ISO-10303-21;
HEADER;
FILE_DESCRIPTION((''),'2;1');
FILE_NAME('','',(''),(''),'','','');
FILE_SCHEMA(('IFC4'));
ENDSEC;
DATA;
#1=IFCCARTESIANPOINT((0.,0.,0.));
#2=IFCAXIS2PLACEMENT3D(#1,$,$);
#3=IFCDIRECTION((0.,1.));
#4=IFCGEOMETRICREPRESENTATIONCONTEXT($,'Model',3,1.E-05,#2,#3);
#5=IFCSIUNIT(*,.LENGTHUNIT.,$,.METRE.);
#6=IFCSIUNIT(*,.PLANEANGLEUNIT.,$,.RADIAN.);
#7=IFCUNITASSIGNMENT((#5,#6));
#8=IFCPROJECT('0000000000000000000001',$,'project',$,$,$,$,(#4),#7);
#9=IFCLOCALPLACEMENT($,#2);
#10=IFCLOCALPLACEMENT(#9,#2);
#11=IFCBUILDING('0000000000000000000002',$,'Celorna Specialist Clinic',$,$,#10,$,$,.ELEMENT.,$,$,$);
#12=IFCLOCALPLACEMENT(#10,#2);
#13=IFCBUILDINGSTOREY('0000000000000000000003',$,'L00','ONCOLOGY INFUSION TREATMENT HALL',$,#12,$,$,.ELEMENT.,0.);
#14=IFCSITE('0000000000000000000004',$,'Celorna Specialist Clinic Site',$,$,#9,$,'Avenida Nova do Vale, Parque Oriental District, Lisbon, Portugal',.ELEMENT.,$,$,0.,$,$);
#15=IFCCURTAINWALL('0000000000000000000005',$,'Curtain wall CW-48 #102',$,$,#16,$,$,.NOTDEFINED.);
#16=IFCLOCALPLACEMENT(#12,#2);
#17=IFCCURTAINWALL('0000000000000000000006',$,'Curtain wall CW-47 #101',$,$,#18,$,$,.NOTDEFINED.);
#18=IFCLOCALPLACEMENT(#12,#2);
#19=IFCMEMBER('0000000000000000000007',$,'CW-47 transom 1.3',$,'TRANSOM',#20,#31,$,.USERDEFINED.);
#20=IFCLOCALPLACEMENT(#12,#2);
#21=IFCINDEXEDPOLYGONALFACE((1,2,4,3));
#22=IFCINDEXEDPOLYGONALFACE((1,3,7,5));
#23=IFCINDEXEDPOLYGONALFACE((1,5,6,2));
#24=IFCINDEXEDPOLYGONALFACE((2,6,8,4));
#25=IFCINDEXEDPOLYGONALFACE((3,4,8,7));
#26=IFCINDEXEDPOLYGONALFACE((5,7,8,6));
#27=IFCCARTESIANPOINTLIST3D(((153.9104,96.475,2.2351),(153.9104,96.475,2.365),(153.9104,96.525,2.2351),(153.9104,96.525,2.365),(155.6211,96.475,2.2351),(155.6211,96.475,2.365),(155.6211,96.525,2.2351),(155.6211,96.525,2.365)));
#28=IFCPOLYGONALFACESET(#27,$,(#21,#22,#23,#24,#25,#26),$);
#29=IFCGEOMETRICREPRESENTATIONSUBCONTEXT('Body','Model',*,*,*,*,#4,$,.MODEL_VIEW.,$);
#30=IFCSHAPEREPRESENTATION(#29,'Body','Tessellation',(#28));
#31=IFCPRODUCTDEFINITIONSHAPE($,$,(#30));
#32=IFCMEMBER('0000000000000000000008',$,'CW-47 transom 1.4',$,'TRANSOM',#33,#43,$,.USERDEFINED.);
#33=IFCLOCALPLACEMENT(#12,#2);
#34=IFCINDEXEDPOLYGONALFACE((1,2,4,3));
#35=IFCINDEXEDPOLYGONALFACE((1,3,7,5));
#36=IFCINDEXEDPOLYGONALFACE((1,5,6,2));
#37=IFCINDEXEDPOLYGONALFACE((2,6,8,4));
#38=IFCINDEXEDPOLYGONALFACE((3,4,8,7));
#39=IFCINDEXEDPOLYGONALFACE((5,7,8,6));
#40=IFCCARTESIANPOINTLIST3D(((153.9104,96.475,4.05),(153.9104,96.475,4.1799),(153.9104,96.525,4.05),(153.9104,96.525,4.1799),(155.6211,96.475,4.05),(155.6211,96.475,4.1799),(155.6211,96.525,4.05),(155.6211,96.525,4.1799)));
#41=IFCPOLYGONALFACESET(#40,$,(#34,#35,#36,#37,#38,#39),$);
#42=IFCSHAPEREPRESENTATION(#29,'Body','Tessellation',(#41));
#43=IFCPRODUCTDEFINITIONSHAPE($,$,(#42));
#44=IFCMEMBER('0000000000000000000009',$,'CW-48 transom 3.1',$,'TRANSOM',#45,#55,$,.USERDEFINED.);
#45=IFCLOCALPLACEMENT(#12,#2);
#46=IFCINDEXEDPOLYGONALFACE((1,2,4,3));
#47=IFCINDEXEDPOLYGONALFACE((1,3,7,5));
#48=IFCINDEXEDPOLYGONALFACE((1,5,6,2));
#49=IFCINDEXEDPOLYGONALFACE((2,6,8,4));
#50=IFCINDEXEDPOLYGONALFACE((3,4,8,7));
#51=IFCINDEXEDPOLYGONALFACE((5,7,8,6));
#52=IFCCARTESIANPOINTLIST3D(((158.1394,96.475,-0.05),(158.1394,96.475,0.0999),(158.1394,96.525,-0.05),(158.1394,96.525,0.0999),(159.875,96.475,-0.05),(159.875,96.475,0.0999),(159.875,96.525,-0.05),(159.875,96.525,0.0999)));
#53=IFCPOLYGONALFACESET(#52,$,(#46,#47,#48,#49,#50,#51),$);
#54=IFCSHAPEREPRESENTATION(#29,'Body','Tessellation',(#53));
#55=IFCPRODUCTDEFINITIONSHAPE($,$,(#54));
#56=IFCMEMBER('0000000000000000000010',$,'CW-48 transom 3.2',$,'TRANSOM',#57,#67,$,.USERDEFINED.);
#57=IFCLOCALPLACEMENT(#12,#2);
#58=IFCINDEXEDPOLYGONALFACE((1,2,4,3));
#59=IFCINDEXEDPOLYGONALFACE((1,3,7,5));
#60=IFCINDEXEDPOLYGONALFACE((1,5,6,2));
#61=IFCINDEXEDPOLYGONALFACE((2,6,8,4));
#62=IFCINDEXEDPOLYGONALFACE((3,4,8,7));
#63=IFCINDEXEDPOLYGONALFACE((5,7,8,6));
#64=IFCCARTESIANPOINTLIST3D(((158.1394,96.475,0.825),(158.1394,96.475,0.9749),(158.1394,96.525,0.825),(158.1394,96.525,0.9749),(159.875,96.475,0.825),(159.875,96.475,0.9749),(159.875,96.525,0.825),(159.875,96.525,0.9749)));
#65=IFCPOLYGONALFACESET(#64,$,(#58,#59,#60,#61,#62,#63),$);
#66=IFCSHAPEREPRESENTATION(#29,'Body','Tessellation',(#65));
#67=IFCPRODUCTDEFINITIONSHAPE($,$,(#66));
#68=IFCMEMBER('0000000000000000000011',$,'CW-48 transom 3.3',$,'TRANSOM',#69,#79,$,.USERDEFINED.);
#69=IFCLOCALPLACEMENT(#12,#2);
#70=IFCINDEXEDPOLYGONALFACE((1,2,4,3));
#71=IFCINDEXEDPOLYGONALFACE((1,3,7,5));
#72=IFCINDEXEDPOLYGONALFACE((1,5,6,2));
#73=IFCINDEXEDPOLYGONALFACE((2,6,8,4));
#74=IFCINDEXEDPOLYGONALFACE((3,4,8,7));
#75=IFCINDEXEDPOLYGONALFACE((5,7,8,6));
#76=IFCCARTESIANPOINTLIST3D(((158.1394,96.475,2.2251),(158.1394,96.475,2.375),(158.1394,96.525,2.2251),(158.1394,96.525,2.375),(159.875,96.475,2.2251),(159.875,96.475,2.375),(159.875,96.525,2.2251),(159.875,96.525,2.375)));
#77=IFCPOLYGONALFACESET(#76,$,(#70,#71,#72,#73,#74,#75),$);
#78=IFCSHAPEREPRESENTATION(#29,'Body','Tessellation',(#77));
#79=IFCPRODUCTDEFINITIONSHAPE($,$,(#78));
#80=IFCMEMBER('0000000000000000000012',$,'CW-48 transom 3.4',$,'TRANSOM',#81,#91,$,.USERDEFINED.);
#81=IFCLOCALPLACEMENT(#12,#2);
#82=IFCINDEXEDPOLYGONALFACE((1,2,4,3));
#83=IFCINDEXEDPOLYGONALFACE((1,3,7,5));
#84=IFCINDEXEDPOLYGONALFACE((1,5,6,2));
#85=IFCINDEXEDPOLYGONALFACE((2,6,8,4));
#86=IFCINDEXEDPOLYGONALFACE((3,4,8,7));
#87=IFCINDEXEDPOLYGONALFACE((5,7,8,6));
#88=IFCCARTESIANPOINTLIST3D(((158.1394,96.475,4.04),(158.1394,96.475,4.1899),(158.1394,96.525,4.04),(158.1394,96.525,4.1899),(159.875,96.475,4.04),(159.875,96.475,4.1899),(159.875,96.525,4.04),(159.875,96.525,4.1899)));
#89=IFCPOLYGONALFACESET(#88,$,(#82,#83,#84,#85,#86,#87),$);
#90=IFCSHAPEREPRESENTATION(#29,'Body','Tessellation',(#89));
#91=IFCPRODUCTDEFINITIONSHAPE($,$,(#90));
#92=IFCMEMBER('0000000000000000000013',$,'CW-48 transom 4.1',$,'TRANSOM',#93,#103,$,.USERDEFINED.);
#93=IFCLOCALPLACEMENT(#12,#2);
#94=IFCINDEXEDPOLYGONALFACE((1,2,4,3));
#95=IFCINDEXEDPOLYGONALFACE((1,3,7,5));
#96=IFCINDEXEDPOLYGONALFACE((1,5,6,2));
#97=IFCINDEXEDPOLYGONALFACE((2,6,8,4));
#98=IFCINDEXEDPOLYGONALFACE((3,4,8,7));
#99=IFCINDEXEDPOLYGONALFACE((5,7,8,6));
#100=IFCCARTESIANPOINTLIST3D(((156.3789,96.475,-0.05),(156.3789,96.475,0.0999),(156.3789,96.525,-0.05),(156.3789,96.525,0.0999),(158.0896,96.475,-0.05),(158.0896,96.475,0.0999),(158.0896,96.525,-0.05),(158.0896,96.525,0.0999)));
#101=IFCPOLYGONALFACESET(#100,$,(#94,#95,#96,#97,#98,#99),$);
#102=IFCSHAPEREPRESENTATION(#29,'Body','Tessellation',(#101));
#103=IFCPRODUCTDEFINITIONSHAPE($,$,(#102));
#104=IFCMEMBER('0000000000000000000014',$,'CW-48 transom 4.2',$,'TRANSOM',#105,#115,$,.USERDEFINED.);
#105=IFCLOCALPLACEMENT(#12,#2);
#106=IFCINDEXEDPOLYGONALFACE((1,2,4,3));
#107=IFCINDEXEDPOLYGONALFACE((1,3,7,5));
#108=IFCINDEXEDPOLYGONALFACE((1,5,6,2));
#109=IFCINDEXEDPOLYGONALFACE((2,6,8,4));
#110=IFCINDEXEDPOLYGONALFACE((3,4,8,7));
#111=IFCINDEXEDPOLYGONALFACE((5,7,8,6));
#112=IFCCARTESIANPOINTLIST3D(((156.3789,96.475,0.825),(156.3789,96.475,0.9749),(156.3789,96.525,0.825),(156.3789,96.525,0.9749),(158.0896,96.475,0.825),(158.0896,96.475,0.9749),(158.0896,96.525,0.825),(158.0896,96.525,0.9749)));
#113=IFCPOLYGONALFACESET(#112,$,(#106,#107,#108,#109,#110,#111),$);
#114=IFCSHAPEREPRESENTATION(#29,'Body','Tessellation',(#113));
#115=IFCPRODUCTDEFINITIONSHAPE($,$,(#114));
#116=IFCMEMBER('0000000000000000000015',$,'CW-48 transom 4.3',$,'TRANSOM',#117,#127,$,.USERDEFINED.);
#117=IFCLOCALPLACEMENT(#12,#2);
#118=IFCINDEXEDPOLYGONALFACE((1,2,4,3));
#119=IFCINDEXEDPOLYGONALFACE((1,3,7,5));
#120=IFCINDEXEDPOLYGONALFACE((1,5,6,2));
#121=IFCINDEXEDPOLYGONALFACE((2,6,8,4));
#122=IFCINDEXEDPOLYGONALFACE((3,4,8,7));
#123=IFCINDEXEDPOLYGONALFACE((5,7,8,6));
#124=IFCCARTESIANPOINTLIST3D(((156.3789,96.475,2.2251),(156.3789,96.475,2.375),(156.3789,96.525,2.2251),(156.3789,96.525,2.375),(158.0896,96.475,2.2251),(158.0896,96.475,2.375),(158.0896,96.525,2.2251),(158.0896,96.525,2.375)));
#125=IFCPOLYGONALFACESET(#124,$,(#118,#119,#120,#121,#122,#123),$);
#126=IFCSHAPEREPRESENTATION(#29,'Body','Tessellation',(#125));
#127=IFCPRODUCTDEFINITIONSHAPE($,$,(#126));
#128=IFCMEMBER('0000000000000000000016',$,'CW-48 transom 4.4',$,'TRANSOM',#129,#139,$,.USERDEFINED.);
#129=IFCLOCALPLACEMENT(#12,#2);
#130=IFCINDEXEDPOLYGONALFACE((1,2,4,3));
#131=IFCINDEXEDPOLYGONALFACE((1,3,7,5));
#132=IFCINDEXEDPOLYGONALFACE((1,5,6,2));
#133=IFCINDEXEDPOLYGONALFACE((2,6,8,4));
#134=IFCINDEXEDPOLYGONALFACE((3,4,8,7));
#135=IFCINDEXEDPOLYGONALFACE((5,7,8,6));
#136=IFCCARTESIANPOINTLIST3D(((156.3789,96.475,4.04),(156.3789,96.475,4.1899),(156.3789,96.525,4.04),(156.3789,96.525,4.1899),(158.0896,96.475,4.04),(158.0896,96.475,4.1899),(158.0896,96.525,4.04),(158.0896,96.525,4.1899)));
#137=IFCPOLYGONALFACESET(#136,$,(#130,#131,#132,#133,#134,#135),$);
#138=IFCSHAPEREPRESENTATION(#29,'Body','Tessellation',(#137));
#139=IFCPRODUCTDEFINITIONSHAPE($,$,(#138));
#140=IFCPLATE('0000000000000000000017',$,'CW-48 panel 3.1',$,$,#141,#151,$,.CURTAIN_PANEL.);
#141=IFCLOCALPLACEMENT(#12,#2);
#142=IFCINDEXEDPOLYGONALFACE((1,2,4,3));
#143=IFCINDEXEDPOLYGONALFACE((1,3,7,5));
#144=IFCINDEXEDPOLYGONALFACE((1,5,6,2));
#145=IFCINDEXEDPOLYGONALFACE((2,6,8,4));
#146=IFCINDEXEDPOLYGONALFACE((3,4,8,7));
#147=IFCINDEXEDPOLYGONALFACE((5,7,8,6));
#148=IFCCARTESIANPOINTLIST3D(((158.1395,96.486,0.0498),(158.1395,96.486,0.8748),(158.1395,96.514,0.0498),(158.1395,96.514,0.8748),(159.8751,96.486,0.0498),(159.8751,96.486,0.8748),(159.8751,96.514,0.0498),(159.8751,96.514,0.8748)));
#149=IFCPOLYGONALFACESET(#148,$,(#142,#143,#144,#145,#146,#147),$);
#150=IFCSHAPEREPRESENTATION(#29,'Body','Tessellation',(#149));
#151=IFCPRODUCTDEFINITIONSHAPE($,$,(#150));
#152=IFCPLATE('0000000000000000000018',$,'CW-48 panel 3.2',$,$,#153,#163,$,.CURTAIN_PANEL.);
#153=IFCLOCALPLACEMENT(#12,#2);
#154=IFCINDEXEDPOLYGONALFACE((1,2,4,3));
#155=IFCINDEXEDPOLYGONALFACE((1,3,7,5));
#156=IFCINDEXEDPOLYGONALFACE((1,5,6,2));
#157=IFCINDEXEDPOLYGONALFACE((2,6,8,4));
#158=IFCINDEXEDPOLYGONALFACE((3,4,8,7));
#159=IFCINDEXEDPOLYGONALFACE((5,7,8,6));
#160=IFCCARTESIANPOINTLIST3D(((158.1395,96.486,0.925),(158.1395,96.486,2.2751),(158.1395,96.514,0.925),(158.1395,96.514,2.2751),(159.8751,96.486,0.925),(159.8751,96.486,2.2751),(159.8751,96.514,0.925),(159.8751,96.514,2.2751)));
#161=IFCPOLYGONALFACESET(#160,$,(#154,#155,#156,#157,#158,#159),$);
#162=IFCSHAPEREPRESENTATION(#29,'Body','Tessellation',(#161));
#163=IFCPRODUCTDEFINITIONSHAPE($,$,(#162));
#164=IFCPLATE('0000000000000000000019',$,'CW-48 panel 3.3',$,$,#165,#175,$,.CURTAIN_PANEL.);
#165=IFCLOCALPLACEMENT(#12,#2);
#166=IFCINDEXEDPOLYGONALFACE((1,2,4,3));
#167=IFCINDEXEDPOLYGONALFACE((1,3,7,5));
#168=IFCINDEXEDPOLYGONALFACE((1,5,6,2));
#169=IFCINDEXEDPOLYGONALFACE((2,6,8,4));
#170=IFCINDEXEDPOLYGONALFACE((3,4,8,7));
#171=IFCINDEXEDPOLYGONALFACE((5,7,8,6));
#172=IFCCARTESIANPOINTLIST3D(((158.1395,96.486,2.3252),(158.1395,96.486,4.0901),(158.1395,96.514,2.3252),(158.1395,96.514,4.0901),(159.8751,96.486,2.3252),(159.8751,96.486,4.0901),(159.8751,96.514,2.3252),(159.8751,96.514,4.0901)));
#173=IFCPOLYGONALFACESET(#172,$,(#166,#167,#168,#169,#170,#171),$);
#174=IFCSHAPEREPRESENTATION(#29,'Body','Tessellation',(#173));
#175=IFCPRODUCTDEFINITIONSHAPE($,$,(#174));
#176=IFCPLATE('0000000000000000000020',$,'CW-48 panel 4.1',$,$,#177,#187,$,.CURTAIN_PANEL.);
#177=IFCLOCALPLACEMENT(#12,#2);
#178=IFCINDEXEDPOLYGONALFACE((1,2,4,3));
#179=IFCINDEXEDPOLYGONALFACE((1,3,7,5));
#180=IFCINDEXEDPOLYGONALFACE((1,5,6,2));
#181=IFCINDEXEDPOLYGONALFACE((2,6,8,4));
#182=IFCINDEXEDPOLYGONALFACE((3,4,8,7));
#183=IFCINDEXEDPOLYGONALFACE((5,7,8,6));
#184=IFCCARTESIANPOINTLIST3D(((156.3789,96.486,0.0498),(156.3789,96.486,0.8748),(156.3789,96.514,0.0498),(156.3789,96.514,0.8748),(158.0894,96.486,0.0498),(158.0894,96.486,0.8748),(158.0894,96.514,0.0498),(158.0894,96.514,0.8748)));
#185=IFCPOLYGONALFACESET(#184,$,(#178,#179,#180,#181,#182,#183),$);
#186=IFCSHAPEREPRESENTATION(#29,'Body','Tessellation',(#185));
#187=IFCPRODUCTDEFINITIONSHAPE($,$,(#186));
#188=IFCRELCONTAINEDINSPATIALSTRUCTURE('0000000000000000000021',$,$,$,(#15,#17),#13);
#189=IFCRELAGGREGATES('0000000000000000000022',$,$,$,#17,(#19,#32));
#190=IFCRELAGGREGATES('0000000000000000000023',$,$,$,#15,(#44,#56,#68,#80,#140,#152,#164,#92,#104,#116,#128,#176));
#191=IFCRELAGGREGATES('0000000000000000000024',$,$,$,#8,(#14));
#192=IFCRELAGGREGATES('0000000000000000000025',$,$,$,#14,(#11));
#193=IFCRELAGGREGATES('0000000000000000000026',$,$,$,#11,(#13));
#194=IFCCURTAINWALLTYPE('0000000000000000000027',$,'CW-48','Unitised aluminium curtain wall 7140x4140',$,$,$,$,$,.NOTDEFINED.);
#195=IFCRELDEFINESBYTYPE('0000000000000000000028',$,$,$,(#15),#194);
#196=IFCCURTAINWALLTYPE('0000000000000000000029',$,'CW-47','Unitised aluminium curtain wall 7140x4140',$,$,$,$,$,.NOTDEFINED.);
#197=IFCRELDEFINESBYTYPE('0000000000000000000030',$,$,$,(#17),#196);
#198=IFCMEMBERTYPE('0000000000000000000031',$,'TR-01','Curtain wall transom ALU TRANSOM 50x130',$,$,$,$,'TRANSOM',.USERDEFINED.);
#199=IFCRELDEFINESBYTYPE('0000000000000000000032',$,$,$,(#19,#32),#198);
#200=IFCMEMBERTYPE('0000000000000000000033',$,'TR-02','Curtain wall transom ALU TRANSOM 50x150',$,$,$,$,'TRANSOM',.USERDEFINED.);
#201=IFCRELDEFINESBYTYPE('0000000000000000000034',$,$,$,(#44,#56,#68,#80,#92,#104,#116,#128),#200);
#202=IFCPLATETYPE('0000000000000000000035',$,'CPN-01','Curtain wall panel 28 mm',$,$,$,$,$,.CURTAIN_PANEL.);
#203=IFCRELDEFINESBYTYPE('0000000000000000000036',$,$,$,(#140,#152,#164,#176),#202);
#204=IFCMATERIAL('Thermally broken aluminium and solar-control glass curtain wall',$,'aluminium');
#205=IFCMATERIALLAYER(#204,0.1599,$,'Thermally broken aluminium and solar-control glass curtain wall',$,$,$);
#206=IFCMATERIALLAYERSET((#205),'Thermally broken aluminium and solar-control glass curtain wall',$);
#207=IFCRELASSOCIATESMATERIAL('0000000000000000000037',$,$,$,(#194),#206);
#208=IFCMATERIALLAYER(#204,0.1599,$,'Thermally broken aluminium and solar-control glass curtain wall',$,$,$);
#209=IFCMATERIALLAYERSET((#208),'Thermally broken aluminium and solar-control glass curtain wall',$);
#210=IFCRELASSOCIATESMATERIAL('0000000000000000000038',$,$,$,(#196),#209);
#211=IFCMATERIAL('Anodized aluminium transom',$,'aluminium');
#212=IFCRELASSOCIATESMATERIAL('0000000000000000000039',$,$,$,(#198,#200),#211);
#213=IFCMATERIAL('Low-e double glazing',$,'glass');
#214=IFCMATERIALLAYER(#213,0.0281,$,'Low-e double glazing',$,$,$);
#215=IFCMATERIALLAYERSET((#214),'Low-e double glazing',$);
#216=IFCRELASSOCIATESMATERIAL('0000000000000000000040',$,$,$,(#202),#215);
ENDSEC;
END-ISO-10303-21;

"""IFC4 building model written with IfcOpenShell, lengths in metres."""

from ifc_helpers import new_model, si_unit, direction, frame, origin, origin_2d, place, context, subcontext, project, spatial, rectangle, extrude, material, layer, layer_set, material_profile, profile_set, type_object, element, aggregate, save


model = new_model("IFC4")

# Units and contexts
model_context = context("Model", 3, precision=1e-05, world=origin(), true_north=direction((0.0, 1.0)))
body_context = subcontext(model_context, "Body", "Model", "MODEL_VIEW")
ifc_project = project(units=[si_unit("LENGTHUNIT", "METRE"), si_unit("PLANEANGLEUNIT", "RADIAN")], contexts=[model_context])

# Site, building, storey
site_placement = place(None, origin())
site = spatial("IfcSite", under=ifc_project, at=site_placement, Name="Celorna Specialist Clinic Site", LongName="Avenida Nova do Vale, Parque Oriental District, Lisbon, Portugal", CompositionType="ELEMENT", RefElevation=0.0)
building_placement = place(site_placement, origin())
building = spatial("IfcBuilding", under=site, at=building_placement, Name="Celorna Specialist Clinic", CompositionType="ELEMENT")
storey_placement = place(building_placement, origin())
storey = spatial("IfcBuildingStorey", under=building, at=storey_placement, Name="L00", Description="ONCOLOGY INFUSION TREATMENT HALL", CompositionType="ELEMENT", Elevation=0.0)

# Curtain walls, members
ifc_material_1 = material(Name="Thermally broken aluminium and solar-control glass curtain wall", Category="aluminium")
ifc_layer_1 = layer(ifc_material_1, 0.1599, Name="Thermally broken aluminium and solar-control glass curtain wall")
ifc_layer_set_1 = layer_set([ifc_layer_1], Name="Thermally broken aluminium and solar-control glass curtain wall")
curtain_wall_type_1 = type_object("IfcCurtainWallType", Name="CW-48", Description="Unitised aluminium curtain wall 7140x4140", PredefinedType="NOTDEFINED", material=ifc_layer_set_1)
curtain_wall_1_placement = place(storey_placement, origin())
curtain_wall_1 = element("IfcCurtainWall", 1, at=curtain_wall_1_placement, inside=storey, type_object=curtain_wall_type_1, Name="Curtain wall CW-48 #102", PredefinedType="NOTDEFINED")
ifc_layer_2 = layer(ifc_material_1, 0.1599, Name="Thermally broken aluminium and solar-control glass curtain wall")
ifc_layer_set_2 = layer_set([ifc_layer_2], Name="Thermally broken aluminium and solar-control glass curtain wall")
curtain_wall_type_2 = type_object("IfcCurtainWallType", Name="CW-47", Description="Unitised aluminium curtain wall 7140x4140", PredefinedType="NOTDEFINED", material=ifc_layer_set_2)
curtain_wall_2_placement = place(storey_placement, origin())
curtain_wall_2 = element("IfcCurtainWall", 2, at=curtain_wall_2_placement, inside=storey, type_object=curtain_wall_type_2, Name="Curtain wall CW-47 #101", PredefinedType="NOTDEFINED")
ifc_material_2 = material(Name="Anodized aluminium transom", Category="aluminium")
ifc_material_profile_1 = material_profile(ifc_material_2, rectangle(XDim=0.05, YDim=0.1299, at=origin_2d()), Name="ALU TRANSOM 50x130")
ifc_profile_set_1 = profile_set([ifc_material_profile_1], Name="Anodized aluminium transom")
member_type_1 = type_object("IfcMemberType", Name="TR-01", Description="Curtain wall transom ALU TRANSOM 50x130", ElementType="TRANSOM", PredefinedType="USERDEFINED", material=ifc_profile_set_1)
member_1_placement = place(storey_placement, frame((155.6211, 96.5, 2.3), z_axis=(-1.0, 0.0, 0.0), x_axis=(0.0, -1.0, 0.0)))
member_1 = element("IfcMember", 3, at=member_1_placement, type_object=member_type_1, Name="CW-47 transom 1.3", ObjectType="TRANSOM", PredefinedType="USERDEFINED", context=body_context, shape_type="SweptSolid", body=[
    extrude(rectangle(XDim=0.05, YDim=0.1299, at=origin_2d()), origin(), (0.0, 0.0, 1.0), 1.7107),
])
member_2_placement = place(storey_placement, frame((155.6211, 96.5, 4.115), z_axis=(-1.0, 0.0, 0.0), x_axis=(0.0, -1.0, 0.0)))
member_2 = element("IfcMember", 4, at=member_2_placement, type_object=member_type_1, Name="CW-47 transom 1.4", ObjectType="TRANSOM", PredefinedType="USERDEFINED", context=body_context, shape_type="SweptSolid", body=[
    extrude(rectangle(XDim=0.05, YDim=0.1299, at=origin_2d()), origin(), (0.0, 0.0, 1.0), 1.7107),
])
aggregate(curtain_wall_2, [member_1, member_2])

# Members
ifc_material_profile_2 = material_profile(ifc_material_2, rectangle(XDim=0.05, YDim=0.1499, at=origin_2d()), Name="ALU TRANSOM 50x150")
ifc_profile_set_2 = profile_set([ifc_material_profile_2], Name="Anodized aluminium transom")
member_type_2 = type_object("IfcMemberType", Name="TR-02", Description="Curtain wall transom ALU TRANSOM 50x150", ElementType="TRANSOM", PredefinedType="USERDEFINED", material=ifc_profile_set_2)
member_3_placement = place(storey_placement, frame((159.875, 96.5, 0.0249), z_axis=(-1.0, 0.0, 0.0), x_axis=(0.0, -1.0, 0.0)))
member_3 = element("IfcMember", 5, at=member_3_placement, type_object=member_type_2, Name="CW-48 transom 3.1", ObjectType="TRANSOM", PredefinedType="USERDEFINED", context=body_context, shape_type="SweptSolid", body=[
    extrude(rectangle(XDim=0.05, YDim=0.1499, at=origin_2d()), origin(), (0.0, 0.0, 1.0), 1.7356),
])
member_4_placement = place(storey_placement, frame((159.875, 96.5, 0.8999), z_axis=(-1.0, 0.0, 0.0), x_axis=(0.0, -1.0, 0.0)))
member_4 = element("IfcMember", 6, at=member_4_placement, type_object=member_type_2, Name="CW-48 transom 3.2", ObjectType="TRANSOM", PredefinedType="USERDEFINED", context=body_context, shape_type="SweptSolid", body=[
    extrude(rectangle(XDim=0.05, YDim=0.1499, at=origin_2d()), origin(), (0.0, 0.0, 1.0), 1.7356),
])
member_5_placement = place(storey_placement, frame((159.875, 96.5, 2.3), z_axis=(-1.0, 0.0, 0.0), x_axis=(0.0, -1.0, 0.0)))
member_5 = element("IfcMember", 7, at=member_5_placement, type_object=member_type_2, Name="CW-48 transom 3.3", ObjectType="TRANSOM", PredefinedType="USERDEFINED", context=body_context, shape_type="SweptSolid", body=[
    extrude(rectangle(XDim=0.05, YDim=0.1499, at=origin_2d()), origin(), (0.0, 0.0, 1.0), 1.7356),
])
member_6_placement = place(storey_placement, frame((159.875, 96.5, 4.115), z_axis=(-1.0, 0.0, 0.0), x_axis=(0.0, -1.0, 0.0)))
member_6 = element("IfcMember", 8, at=member_6_placement, type_object=member_type_2, Name="CW-48 transom 3.4", ObjectType="TRANSOM", PredefinedType="USERDEFINED", context=body_context, shape_type="SweptSolid", body=[
    extrude(rectangle(XDim=0.05, YDim=0.1499, at=origin_2d()), origin(), (0.0, 0.0, 1.0), 1.7356),
])
member_7_placement = place(storey_placement, frame((158.0896, 96.5, 0.0249), z_axis=(-1.0, 0.0, 0.0), x_axis=(0.0, -1.0, 0.0)))
member_7 = element("IfcMember", 9, at=member_7_placement, type_object=member_type_2, Name="CW-48 transom 4.1", ObjectType="TRANSOM", PredefinedType="USERDEFINED", context=body_context, shape_type="SweptSolid", body=[
    extrude(rectangle(XDim=0.05, YDim=0.1499, at=origin_2d()), origin(), (0.0, 0.0, 1.0), 1.7107),
])
member_8_placement = place(storey_placement, frame((158.0896, 96.5, 0.8999), z_axis=(-1.0, 0.0, 0.0), x_axis=(0.0, -1.0, 0.0)))
member_8 = element("IfcMember", 10, at=member_8_placement, type_object=member_type_2, Name="CW-48 transom 4.2", ObjectType="TRANSOM", PredefinedType="USERDEFINED", context=body_context, shape_type="SweptSolid", body=[
    extrude(rectangle(XDim=0.05, YDim=0.1499, at=origin_2d()), origin(), (0.0, 0.0, 1.0), 1.7107),
])
member_9_placement = place(storey_placement, frame((158.0896, 96.5, 2.3), z_axis=(-1.0, 0.0, 0.0), x_axis=(0.0, -1.0, 0.0)))
member_9 = element("IfcMember", 11, at=member_9_placement, type_object=member_type_2, Name="CW-48 transom 4.3", ObjectType="TRANSOM", PredefinedType="USERDEFINED", context=body_context, shape_type="SweptSolid", body=[
    extrude(rectangle(XDim=0.05, YDim=0.1499, at=origin_2d()), origin(), (0.0, 0.0, 1.0), 1.7107),
])
member_10_placement = place(storey_placement, frame((158.0896, 96.5, 4.115), z_axis=(-1.0, 0.0, 0.0), x_axis=(0.0, -1.0, 0.0)))
member_10 = element("IfcMember", 12, at=member_10_placement, type_object=member_type_2, Name="CW-48 transom 4.4", ObjectType="TRANSOM", PredefinedType="USERDEFINED", context=body_context, shape_type="SweptSolid", body=[
    extrude(rectangle(XDim=0.05, YDim=0.1499, at=origin_2d()), origin(), (0.0, 0.0, 1.0), 1.7107),
])

# Plates
ifc_material_3 = material(Name="Low-e double glazing", Category="glass")
ifc_layer_3 = layer(ifc_material_3, 0.0281, Name="Low-e double glazing")
ifc_layer_set_3 = layer_set([ifc_layer_3], Name="Low-e double glazing")
plate_type = type_object("IfcPlateType", Name="CPN-01", Description="Curtain wall panel 28 mm", PredefinedType="CURTAIN_PANEL", material=ifc_layer_set_3)
plate_1_placement = place(storey_placement, frame((159.0073, 96.5, 0.0498), z_axis=(0.0, 0.0, 1.0), x_axis=(-1.0, 0.0, 0.0)))
plate_1 = element("IfcPlate", 13, at=plate_1_placement, type_object=plate_type, Name="CW-48 panel 3.1", PredefinedType="CURTAIN_PANEL", context=body_context, shape_type="SweptSolid", body=[
    extrude(rectangle(XDim=1.7356, YDim=0.0281, at=origin_2d()), origin(), (0.0, 0.0, 1.0), 0.825),
])
plate_2_placement = place(storey_placement, frame((159.0073, 96.5, 0.925), z_axis=(0.0, 0.0, 1.0), x_axis=(-1.0, 0.0, 0.0)))
plate_2 = element("IfcPlate", 14, at=plate_2_placement, type_object=plate_type, Name="CW-48 panel 3.2", PredefinedType="CURTAIN_PANEL", context=body_context, shape_type="SweptSolid", body=[
    extrude(rectangle(XDim=1.7356, YDim=0.0281, at=origin_2d()), origin(), (0.0, 0.0, 1.0), 1.3501),
])
plate_3_placement = place(storey_placement, frame((159.0073, 96.5, 2.3252), z_axis=(0.0, 0.0, 1.0), x_axis=(-1.0, 0.0, 0.0)))
plate_3 = element("IfcPlate", 15, at=plate_3_placement, type_object=plate_type, Name="CW-48 panel 3.3", PredefinedType="CURTAIN_PANEL", context=body_context, shape_type="SweptSolid", body=[
    extrude(rectangle(XDim=1.7356, YDim=0.0281, at=origin_2d()), origin(), (0.0, 0.0, 1.0), 1.7649),
])
plate_4_placement = place(storey_placement, frame((157.2341, 96.5, 0.0498), z_axis=(0.0, 0.0, 1.0), x_axis=(-1.0, 0.0, 0.0)))
plate_4 = element("IfcPlate", 16, at=plate_4_placement, type_object=plate_type, Name="CW-48 panel 4.1", PredefinedType="CURTAIN_PANEL", context=body_context, shape_type="SweptSolid", body=[
    extrude(rectangle(XDim=1.7104, YDim=0.0281, at=origin_2d()), origin(), (0.0, 0.0, 1.0), 0.825),
])
aggregate(curtain_wall_1, [member_3, member_4, member_5, member_6, plate_1, plate_2, plate_3, member_7, member_8, member_9, member_10, plate_4])

save(model, "model.ifc")
